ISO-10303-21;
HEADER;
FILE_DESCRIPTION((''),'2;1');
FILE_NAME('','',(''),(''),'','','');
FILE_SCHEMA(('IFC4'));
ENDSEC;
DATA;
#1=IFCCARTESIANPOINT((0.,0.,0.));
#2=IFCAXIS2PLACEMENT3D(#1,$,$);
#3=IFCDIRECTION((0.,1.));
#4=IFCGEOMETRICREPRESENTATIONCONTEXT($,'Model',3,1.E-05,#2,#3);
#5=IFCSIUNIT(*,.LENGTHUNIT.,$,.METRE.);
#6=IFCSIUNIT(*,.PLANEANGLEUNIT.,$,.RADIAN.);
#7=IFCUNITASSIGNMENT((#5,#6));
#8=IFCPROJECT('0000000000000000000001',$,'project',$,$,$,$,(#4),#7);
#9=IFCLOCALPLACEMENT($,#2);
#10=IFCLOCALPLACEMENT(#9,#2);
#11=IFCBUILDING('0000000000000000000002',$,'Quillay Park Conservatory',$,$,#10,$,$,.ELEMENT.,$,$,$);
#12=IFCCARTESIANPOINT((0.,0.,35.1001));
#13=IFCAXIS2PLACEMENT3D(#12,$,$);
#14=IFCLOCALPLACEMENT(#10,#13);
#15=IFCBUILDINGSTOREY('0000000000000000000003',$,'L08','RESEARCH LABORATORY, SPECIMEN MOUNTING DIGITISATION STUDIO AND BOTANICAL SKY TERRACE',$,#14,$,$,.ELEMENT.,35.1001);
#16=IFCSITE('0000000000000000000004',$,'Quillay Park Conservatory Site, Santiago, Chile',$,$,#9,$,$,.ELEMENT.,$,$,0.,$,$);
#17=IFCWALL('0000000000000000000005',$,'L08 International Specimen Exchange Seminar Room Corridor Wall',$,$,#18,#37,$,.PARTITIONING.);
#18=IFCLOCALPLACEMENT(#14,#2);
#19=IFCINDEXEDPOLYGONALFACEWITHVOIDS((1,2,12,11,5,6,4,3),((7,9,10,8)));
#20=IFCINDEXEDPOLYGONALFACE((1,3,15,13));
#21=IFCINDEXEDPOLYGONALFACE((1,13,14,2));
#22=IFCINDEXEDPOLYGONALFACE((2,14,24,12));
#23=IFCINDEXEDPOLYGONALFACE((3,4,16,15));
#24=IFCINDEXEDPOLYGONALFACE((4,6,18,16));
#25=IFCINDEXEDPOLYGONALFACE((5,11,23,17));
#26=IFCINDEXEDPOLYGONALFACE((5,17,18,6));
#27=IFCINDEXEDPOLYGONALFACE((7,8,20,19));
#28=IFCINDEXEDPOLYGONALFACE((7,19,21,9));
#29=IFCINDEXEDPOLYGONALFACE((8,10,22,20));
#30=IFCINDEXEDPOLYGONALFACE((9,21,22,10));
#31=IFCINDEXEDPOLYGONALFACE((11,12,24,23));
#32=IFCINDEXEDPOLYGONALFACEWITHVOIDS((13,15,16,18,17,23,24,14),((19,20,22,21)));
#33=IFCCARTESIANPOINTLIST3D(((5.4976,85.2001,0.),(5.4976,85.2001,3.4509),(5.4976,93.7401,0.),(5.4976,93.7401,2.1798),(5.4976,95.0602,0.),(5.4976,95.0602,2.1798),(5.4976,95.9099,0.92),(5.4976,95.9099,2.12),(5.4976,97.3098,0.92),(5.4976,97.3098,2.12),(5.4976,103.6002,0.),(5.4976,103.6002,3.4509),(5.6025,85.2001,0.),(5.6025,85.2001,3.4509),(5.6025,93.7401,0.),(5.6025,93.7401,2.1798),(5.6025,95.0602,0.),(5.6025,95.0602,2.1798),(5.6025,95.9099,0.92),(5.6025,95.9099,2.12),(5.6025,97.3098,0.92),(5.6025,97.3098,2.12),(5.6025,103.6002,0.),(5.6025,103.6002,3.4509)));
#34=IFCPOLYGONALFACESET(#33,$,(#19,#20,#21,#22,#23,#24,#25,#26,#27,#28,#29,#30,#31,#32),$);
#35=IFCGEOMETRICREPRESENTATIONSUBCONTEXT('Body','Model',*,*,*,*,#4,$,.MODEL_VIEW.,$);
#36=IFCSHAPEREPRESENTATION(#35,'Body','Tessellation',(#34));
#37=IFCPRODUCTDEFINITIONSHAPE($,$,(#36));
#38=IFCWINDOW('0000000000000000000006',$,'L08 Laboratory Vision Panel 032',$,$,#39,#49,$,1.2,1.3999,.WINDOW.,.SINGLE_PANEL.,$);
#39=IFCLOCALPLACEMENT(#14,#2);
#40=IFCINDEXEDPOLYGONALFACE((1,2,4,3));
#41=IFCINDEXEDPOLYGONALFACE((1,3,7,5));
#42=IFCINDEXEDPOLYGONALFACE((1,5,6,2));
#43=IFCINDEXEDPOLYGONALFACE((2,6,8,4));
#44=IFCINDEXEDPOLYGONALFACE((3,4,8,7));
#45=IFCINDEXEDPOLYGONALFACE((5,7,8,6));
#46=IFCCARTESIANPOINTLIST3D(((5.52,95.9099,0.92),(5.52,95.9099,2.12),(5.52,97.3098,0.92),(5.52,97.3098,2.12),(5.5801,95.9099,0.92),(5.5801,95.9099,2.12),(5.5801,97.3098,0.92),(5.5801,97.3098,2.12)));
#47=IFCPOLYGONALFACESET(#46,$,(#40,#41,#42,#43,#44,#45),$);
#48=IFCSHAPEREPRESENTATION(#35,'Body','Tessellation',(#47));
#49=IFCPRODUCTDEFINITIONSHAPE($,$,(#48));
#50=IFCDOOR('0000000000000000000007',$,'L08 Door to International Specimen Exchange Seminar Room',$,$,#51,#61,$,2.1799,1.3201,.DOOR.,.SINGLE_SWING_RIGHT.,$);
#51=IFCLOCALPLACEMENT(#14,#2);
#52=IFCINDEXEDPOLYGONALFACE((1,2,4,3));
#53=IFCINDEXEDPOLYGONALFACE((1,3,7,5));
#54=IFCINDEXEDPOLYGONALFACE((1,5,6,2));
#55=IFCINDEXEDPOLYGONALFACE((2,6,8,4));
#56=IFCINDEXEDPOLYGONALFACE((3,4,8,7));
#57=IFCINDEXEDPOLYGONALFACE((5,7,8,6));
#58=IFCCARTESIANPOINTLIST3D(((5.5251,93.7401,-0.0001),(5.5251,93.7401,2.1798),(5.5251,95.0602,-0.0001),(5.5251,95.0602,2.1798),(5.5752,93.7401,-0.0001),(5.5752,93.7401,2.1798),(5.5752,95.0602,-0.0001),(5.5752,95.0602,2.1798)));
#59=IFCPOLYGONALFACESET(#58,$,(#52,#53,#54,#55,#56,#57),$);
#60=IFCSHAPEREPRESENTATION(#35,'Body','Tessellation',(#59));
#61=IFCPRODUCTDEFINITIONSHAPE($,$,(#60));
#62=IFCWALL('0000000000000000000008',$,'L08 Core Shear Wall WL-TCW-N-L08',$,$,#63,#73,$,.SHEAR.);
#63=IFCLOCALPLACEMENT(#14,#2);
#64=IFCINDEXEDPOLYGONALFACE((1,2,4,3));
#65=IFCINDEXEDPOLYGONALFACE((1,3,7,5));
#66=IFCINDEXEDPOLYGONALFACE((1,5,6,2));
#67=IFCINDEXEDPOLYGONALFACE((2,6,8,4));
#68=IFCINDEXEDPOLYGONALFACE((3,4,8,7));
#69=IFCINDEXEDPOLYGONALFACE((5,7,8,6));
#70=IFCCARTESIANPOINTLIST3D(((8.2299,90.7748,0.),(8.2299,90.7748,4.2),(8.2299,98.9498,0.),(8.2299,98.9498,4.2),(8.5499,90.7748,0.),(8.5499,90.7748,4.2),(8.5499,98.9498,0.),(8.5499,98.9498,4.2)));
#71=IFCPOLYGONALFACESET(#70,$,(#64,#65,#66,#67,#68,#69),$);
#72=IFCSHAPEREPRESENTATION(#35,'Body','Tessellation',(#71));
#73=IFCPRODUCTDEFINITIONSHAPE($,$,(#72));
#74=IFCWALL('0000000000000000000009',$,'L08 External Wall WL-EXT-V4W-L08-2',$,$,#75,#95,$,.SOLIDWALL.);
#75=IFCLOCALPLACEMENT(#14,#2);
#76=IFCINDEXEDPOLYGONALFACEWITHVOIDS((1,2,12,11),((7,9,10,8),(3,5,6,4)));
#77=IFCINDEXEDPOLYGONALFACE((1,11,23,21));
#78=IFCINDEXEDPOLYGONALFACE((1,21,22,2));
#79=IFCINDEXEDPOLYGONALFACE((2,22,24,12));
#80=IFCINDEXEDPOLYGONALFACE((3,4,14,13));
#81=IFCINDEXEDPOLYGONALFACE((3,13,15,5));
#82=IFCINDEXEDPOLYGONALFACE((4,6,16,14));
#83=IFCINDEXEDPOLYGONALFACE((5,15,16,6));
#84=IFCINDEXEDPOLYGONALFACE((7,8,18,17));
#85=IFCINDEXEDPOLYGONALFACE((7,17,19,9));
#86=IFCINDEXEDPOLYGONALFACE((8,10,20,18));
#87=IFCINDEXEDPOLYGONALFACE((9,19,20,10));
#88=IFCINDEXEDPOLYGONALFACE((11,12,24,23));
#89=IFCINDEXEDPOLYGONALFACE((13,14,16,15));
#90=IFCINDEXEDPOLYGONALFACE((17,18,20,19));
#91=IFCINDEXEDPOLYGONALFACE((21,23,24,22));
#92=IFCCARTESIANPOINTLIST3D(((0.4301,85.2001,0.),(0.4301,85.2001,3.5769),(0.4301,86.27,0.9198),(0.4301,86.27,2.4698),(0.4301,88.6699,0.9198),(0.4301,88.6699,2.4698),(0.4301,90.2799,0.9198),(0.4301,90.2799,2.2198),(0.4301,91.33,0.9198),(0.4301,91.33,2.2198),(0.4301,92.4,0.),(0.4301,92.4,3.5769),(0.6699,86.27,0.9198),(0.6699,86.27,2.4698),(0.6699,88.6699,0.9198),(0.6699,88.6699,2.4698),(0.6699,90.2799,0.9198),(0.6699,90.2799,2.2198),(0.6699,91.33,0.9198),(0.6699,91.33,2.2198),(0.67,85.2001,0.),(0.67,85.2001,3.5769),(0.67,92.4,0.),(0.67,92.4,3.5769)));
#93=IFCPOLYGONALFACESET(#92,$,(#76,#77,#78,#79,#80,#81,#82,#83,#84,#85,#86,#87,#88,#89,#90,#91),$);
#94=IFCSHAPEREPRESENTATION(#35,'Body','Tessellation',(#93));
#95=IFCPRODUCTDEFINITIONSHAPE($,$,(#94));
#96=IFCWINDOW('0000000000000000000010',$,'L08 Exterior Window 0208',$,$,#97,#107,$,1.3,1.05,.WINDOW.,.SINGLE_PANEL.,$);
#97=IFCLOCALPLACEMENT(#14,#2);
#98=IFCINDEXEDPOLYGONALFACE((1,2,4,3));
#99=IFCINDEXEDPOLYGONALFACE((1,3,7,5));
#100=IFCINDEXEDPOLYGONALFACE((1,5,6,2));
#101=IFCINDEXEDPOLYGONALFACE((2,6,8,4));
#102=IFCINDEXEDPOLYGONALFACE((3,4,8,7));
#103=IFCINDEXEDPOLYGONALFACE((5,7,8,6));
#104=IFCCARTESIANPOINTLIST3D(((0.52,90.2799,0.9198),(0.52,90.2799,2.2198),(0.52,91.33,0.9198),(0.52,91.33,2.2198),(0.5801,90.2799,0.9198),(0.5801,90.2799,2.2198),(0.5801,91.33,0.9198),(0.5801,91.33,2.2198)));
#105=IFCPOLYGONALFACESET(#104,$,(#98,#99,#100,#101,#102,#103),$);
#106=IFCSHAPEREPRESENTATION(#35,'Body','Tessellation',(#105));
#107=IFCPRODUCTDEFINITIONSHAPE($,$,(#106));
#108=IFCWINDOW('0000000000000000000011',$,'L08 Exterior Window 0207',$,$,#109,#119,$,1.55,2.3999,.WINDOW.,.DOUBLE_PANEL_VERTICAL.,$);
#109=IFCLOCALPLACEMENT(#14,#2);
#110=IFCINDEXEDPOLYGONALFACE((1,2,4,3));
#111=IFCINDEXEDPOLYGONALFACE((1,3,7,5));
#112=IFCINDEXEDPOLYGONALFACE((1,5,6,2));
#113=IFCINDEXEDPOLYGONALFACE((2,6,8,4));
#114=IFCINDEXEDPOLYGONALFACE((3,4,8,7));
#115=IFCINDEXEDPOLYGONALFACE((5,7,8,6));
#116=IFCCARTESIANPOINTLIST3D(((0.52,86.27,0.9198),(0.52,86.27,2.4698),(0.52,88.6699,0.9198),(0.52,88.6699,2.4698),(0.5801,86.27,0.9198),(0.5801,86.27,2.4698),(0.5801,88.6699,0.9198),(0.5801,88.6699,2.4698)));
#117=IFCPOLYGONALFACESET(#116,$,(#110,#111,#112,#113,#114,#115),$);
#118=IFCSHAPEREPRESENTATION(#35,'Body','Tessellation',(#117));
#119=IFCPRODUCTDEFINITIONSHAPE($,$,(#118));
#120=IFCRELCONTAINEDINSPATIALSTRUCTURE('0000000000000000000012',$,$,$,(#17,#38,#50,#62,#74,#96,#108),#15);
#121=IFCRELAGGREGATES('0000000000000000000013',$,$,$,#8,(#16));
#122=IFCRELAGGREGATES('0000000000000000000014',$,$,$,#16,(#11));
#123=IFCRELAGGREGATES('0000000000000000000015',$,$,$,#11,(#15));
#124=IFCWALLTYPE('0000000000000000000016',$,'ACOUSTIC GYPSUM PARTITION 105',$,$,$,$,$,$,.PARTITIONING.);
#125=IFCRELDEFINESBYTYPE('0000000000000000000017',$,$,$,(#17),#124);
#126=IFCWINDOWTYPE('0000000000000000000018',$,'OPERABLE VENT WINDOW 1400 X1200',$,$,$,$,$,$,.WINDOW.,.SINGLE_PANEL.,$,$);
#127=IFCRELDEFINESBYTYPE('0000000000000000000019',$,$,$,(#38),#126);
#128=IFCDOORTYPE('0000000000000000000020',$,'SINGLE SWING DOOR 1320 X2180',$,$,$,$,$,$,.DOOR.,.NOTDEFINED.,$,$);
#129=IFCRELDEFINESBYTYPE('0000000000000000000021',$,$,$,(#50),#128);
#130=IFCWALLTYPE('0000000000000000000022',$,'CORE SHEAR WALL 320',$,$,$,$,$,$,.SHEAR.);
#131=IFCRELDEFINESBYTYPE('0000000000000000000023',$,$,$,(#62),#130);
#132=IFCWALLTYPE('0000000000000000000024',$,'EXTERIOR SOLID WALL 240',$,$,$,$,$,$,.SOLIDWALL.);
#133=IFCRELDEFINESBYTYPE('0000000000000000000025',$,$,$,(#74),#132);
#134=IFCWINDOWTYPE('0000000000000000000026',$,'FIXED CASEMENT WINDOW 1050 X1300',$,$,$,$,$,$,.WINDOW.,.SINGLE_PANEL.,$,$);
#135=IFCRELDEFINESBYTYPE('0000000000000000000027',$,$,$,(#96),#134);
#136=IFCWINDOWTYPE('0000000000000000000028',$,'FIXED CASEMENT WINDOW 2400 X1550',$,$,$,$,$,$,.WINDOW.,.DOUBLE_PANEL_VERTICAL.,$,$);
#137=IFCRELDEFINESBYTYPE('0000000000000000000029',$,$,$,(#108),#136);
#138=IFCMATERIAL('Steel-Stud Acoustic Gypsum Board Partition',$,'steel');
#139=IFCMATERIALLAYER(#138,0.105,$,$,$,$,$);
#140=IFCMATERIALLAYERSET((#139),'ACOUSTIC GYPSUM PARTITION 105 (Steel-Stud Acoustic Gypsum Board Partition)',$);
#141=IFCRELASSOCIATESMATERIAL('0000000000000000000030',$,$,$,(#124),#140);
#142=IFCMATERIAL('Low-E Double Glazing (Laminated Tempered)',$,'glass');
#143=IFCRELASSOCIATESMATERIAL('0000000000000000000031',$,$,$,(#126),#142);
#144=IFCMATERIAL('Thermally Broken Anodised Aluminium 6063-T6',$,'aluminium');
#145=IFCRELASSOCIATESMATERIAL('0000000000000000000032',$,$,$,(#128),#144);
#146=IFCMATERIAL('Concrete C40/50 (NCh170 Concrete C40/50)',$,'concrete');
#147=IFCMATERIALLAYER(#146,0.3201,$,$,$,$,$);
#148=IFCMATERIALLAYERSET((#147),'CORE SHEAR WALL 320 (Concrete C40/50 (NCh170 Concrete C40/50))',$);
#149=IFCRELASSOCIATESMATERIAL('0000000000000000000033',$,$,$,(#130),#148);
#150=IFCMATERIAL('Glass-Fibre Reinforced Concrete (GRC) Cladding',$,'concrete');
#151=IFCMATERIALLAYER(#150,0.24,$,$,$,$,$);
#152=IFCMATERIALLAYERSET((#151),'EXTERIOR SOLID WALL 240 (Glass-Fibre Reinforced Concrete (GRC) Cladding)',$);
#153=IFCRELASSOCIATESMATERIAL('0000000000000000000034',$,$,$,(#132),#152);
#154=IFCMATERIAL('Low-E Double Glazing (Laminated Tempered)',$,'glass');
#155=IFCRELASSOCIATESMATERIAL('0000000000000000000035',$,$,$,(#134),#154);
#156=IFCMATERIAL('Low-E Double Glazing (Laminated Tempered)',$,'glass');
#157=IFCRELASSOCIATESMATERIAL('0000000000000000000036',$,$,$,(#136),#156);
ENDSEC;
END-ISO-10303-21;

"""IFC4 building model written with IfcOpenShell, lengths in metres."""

from ifc_helpers import new_model, si_unit, direction, frame, frame_2d, origin, place, context, subcontext, project, spatial, rectangle, extrude, material, layer, layer_set, type_object, element, fill, save


model = new_model("IFC4")

# Units and contexts
model_context = context("Model", 3, precision=1e-05, world=origin(), true_north=direction((0.0, 1.0)))
body_context = subcontext(model_context, "Body", "Model", "MODEL_VIEW")
ifc_project = project(units=[si_unit("LENGTHUNIT", "METRE"), si_unit("PLANEANGLEUNIT", "RADIAN")], contexts=[model_context])

# Site, building, storey
site_placement = place(None, origin())
site = spatial("IfcSite", under=ifc_project, at=site_placement, Name="Quillay Park Conservatory Site, Santiago, Chile", CompositionType="ELEMENT", RefElevation=0.0)
building_placement = place(site_placement, origin())
building = spatial("IfcBuilding", under=site, at=building_placement, Name="Quillay Park Conservatory", CompositionType="ELEMENT")
storey_placement = place(building_placement, frame((0.0, 0.0, 35.1001)))
storey = spatial("IfcBuildingStorey", under=building, at=storey_placement, Name="L08", Description="RESEARCH LABORATORY, SPECIMEN MOUNTING DIGITISATION STUDIO AND BOTANICAL SKY TERRACE", CompositionType="ELEMENT", Elevation=35.1001)

# Wall, openings, window, door
ifc_material_1 = material(Name="Steel-Stud Acoustic Gypsum Board Partition", Category="steel")
ifc_layer_1 = layer(ifc_material_1, 0.105)
ifc_layer_set_1 = layer_set([ifc_layer_1], Name="ACOUSTIC GYPSUM PARTITION 105 (Steel-Stud Acoustic Gypsum Board Partition)")
wall_type_1 = type_object("IfcWallType", Name="ACOUSTIC GYPSUM PARTITION 105", PredefinedType="PARTITIONING", material=ifc_layer_set_1)
wall_1_placement = place(storey_placement, frame((5.55, 85.2, 0.0), z_axis=(0.0, 0.0, 1.0), x_axis=(0.0, 1.0, 0.0)))
wall_1 = element("IfcWall", 1, at=wall_1_placement, inside=storey, type_object=wall_type_1, Name="L08 International Specimen Exchange Seminar Room Corridor Wall", PredefinedType="PARTITIONING", context=body_context, shape_type="SweptSolid", body=[
    extrude(rectangle(XDim=18.4001, YDim=0.105, at=frame_2d((9.2002, 0.0))), origin(), (0.0, 0.0, 1.0), 3.4509),
])
opening_1_placement = place(wall_1_placement, frame((8.54, 0.0, 0.0)))
opening_1 = element("IfcOpeningElement", 2, at=opening_1_placement, cuts=wall_1, PredefinedType="OPENING", context=body_context, shape_type="SweptSolid", body=[
    extrude(rectangle(XDim=1.3201, YDim=2.1799, at=frame_2d((0.6602, 1.0898))), frame((0.0, 0.0525, 0.0), z_axis=(0.0, -1.0, 0.0), x_axis=(1.0, 0.0, 0.0)), (0.0, 0.0, 1.0), 0.105),
])
opening_2_placement = place(wall_1_placement, frame((10.71, 0.0, 0.9199)))
opening_2 = element("IfcOpeningElement", 3, at=opening_2_placement, cuts=wall_1, PredefinedType="OPENING", context=body_context, shape_type="SweptSolid", body=[
    extrude(rectangle(XDim=1.3999, YDim=1.2, at=frame_2d((0.7, 0.6001))), frame((0.0, 0.0525, 0.0), z_axis=(0.0, -1.0, 0.0), x_axis=(1.0, 0.0, 0.0)), (0.0, 0.0, 1.0), 0.105),
])
ifc_material_2 = material(Name="Low-E Double Glazing (Laminated Tempered)", Category="glass")
window_type_1 = type_object("IfcWindowType", Name="OPERABLE VENT WINDOW 1400 X1200", PartitioningType="SINGLE_PANEL", PredefinedType="WINDOW", material=ifc_material_2)
window_1_placement = place(opening_2_placement, origin())
window_1 = element("IfcWindow", 4, at=window_1_placement, inside=storey, type_object=window_type_1, Name="L08 Laboratory Vision Panel 032", OverallHeight=1.2, OverallWidth=1.3999, PartitioningType="SINGLE_PANEL", PredefinedType="WINDOW", context=body_context, shape_type="SweptSolid", body=[
    extrude(rectangle(XDim=1.3999, YDim=1.2, at=frame_2d((0.7, 0.6001))), frame((0.0, 0.03, 0.0), z_axis=(0.0, -1.0, 0.0), x_axis=(1.0, 0.0, 0.0)), (0.0, 0.0, 1.0), 0.0601),
])
fill(opening_2, window_1)
ifc_material_3 = material(Name="Thermally Broken Anodised Aluminium 6063-T6", Category="aluminium")
door_type_1 = type_object("IfcDoorType", Name="SINGLE SWING DOOR 1320 X2180", OperationType="NOTDEFINED", PredefinedType="DOOR", material=ifc_material_3)
door_1_placement = place(opening_1_placement, origin())
door_1 = element("IfcDoor", 5, at=door_1_placement, inside=storey, type_object=door_type_1, Name="L08 Door to International Specimen Exchange Seminar Room", OperationType="SINGLE_SWING_RIGHT", OverallHeight=2.1799, OverallWidth=1.3201, PredefinedType="DOOR", context=body_context, shape_type="SweptSolid", body=[
    extrude(rectangle(XDim=1.3201, YDim=2.1799, at=frame_2d((0.6602, 1.0898))), frame((0.0, 0.0249, 0.0), z_axis=(0.0, -1.0, 0.0), x_axis=(1.0, 0.0, 0.0)), (0.0, 0.0, 1.0), 0.05),
])
fill(opening_1, door_1)

# Wall
ifc_material_4 = material(Name="Concrete C40/50 (NCh170 Concrete C40/50)", Category="concrete")
ifc_layer_2 = layer(ifc_material_4, 0.3201)
ifc_layer_set_2 = layer_set([ifc_layer_2], Name="CORE SHEAR WALL 320 (Concrete C40/50 (NCh170 Concrete C40/50))")
wall_type_2 = type_object("IfcWallType", Name="CORE SHEAR WALL 320", PredefinedType="SHEAR", material=ifc_layer_set_2)
wall_2_placement = place(storey_placement, frame((8.3899, 90.7749, 0.0), z_axis=(0.0, 0.0, 1.0), x_axis=(0.0, 1.0, 0.0)))
element("IfcWall", 6, at=wall_2_placement, inside=storey, type_object=wall_type_2, Name="L08 Core Shear Wall WL-TCW-N-L08", PredefinedType="SHEAR", context=body_context, shape_type="SweptSolid", body=[
    extrude(rectangle(XDim=8.175, YDim=0.3201, at=frame_2d((4.0874, 0.0))), origin(), (0.0, 0.0, 1.0), 4.2),
])

# Wall, openings, windows
ifc_material_5 = material(Name="Glass-Fibre Reinforced Concrete (GRC) Cladding", Category="concrete")
ifc_layer_3 = layer(ifc_material_5, 0.24)
ifc_layer_set_3 = layer_set([ifc_layer_3], Name="EXTERIOR SOLID WALL 240 (Glass-Fibre Reinforced Concrete (GRC) Cladding)")
wall_type_3 = type_object("IfcWallType", Name="EXTERIOR SOLID WALL 240", PredefinedType="SOLIDWALL", material=ifc_layer_set_3)
wall_3_placement = place(storey_placement, frame((0.55, 85.2, 0.0), z_axis=(0.0, 0.0, 1.0), x_axis=(0.0, 1.0, 0.0)))
wall_3 = element("IfcWall", 7, at=wall_3_placement, inside=storey, type_object=wall_type_3, Name="L08 External Wall WL-EXT-V4W-L08-2", PredefinedType="SOLIDWALL", context=body_context, shape_type="SweptSolid", body=[
    extrude(rectangle(XDim=7.2, YDim=0.24, at=frame_2d((3.6001, 0.0))), origin(), (0.0, 0.0, 1.0), 3.5769),
])
opening_3_placement = place(wall_3_placement, frame((1.0701, 0.0, 0.9199)))
opening_3 = element("IfcOpeningElement", 8, at=opening_3_placement, cuts=wall_3, PredefinedType="OPENING", context=body_context, shape_type="SweptSolid", body=[
    extrude(rectangle(XDim=2.3999, YDim=1.55, at=frame_2d((1.2, 0.7749))), frame((0.0, 0.1201, 0.0), z_axis=(0.0, -1.0, 0.0), x_axis=(1.0, 0.0, 0.0)), (0.0, 0.0, 1.0), 0.24),
])
opening_4_placement = place(wall_3_placement, frame((5.0801, 0.0, 0.9199)))
opening_4 = element("IfcOpeningElement", 9, at=opening_4_placement, cuts=wall_3, PredefinedType="OPENING", context=body_context, shape_type="SweptSolid", body=[
    extrude(rectangle(XDim=1.05, YDim=1.3, at=frame_2d((0.5249, 0.6499))), frame((0.0, 0.1201, 0.0), z_axis=(0.0, -1.0, 0.0), x_axis=(1.0, 0.0, 0.0)), (0.0, 0.0, 1.0), 0.24),
])
ifc_material_6 = material(Name="Low-E Double Glazing (Laminated Tempered)", Category="glass")
window_type_2 = type_object("IfcWindowType", Name="FIXED CASEMENT WINDOW 1050 X1300", PartitioningType="SINGLE_PANEL", PredefinedType="WINDOW", material=ifc_material_6)
window_2_placement = place(opening_4_placement, origin())
window_2 = element("IfcWindow", 10, at=window_2_placement, inside=storey, type_object=window_type_2, Name="L08 Exterior Window 0208", OverallHeight=1.3, OverallWidth=1.05, PartitioningType="SINGLE_PANEL", PredefinedType="WINDOW", context=body_context, shape_type="SweptSolid", body=[
    extrude(rectangle(XDim=1.05, YDim=1.3, at=frame_2d((0.5249, 0.6499))), frame((0.0, 0.03, 0.0), z_axis=(0.0, -1.0, 0.0), x_axis=(1.0, 0.0, 0.0)), (0.0, 0.0, 1.0), 0.0601),
])
fill(opening_4, window_2)
ifc_material_7 = material(Name="Low-E Double Glazing (Laminated Tempered)", Category="glass")
window_type_3 = type_object("IfcWindowType", Name="FIXED CASEMENT WINDOW 2400 X1550", PartitioningType="DOUBLE_PANEL_VERTICAL", PredefinedType="WINDOW", material=ifc_material_7)
window_3_placement = place(opening_3_placement, origin())
window_3 = element("IfcWindow", 11, at=window_3_placement, inside=storey, type_object=window_type_3, Name="L08 Exterior Window 0207", OverallHeight=1.55, OverallWidth=2.3999, PartitioningType="DOUBLE_PANEL_VERTICAL", PredefinedType="WINDOW", context=body_context, shape_type="SweptSolid", body=[
    extrude(rectangle(XDim=2.3999, YDim=1.55, at=frame_2d((1.2, 0.7749))), frame((0.0, 0.03, 0.0), z_axis=(0.0, -1.0, 0.0), x_axis=(1.0, 0.0, 0.0)), (0.0, 0.0, 1.0), 0.0601),
])
fill(opening_3, window_3)

save(model, "model.ifc")
